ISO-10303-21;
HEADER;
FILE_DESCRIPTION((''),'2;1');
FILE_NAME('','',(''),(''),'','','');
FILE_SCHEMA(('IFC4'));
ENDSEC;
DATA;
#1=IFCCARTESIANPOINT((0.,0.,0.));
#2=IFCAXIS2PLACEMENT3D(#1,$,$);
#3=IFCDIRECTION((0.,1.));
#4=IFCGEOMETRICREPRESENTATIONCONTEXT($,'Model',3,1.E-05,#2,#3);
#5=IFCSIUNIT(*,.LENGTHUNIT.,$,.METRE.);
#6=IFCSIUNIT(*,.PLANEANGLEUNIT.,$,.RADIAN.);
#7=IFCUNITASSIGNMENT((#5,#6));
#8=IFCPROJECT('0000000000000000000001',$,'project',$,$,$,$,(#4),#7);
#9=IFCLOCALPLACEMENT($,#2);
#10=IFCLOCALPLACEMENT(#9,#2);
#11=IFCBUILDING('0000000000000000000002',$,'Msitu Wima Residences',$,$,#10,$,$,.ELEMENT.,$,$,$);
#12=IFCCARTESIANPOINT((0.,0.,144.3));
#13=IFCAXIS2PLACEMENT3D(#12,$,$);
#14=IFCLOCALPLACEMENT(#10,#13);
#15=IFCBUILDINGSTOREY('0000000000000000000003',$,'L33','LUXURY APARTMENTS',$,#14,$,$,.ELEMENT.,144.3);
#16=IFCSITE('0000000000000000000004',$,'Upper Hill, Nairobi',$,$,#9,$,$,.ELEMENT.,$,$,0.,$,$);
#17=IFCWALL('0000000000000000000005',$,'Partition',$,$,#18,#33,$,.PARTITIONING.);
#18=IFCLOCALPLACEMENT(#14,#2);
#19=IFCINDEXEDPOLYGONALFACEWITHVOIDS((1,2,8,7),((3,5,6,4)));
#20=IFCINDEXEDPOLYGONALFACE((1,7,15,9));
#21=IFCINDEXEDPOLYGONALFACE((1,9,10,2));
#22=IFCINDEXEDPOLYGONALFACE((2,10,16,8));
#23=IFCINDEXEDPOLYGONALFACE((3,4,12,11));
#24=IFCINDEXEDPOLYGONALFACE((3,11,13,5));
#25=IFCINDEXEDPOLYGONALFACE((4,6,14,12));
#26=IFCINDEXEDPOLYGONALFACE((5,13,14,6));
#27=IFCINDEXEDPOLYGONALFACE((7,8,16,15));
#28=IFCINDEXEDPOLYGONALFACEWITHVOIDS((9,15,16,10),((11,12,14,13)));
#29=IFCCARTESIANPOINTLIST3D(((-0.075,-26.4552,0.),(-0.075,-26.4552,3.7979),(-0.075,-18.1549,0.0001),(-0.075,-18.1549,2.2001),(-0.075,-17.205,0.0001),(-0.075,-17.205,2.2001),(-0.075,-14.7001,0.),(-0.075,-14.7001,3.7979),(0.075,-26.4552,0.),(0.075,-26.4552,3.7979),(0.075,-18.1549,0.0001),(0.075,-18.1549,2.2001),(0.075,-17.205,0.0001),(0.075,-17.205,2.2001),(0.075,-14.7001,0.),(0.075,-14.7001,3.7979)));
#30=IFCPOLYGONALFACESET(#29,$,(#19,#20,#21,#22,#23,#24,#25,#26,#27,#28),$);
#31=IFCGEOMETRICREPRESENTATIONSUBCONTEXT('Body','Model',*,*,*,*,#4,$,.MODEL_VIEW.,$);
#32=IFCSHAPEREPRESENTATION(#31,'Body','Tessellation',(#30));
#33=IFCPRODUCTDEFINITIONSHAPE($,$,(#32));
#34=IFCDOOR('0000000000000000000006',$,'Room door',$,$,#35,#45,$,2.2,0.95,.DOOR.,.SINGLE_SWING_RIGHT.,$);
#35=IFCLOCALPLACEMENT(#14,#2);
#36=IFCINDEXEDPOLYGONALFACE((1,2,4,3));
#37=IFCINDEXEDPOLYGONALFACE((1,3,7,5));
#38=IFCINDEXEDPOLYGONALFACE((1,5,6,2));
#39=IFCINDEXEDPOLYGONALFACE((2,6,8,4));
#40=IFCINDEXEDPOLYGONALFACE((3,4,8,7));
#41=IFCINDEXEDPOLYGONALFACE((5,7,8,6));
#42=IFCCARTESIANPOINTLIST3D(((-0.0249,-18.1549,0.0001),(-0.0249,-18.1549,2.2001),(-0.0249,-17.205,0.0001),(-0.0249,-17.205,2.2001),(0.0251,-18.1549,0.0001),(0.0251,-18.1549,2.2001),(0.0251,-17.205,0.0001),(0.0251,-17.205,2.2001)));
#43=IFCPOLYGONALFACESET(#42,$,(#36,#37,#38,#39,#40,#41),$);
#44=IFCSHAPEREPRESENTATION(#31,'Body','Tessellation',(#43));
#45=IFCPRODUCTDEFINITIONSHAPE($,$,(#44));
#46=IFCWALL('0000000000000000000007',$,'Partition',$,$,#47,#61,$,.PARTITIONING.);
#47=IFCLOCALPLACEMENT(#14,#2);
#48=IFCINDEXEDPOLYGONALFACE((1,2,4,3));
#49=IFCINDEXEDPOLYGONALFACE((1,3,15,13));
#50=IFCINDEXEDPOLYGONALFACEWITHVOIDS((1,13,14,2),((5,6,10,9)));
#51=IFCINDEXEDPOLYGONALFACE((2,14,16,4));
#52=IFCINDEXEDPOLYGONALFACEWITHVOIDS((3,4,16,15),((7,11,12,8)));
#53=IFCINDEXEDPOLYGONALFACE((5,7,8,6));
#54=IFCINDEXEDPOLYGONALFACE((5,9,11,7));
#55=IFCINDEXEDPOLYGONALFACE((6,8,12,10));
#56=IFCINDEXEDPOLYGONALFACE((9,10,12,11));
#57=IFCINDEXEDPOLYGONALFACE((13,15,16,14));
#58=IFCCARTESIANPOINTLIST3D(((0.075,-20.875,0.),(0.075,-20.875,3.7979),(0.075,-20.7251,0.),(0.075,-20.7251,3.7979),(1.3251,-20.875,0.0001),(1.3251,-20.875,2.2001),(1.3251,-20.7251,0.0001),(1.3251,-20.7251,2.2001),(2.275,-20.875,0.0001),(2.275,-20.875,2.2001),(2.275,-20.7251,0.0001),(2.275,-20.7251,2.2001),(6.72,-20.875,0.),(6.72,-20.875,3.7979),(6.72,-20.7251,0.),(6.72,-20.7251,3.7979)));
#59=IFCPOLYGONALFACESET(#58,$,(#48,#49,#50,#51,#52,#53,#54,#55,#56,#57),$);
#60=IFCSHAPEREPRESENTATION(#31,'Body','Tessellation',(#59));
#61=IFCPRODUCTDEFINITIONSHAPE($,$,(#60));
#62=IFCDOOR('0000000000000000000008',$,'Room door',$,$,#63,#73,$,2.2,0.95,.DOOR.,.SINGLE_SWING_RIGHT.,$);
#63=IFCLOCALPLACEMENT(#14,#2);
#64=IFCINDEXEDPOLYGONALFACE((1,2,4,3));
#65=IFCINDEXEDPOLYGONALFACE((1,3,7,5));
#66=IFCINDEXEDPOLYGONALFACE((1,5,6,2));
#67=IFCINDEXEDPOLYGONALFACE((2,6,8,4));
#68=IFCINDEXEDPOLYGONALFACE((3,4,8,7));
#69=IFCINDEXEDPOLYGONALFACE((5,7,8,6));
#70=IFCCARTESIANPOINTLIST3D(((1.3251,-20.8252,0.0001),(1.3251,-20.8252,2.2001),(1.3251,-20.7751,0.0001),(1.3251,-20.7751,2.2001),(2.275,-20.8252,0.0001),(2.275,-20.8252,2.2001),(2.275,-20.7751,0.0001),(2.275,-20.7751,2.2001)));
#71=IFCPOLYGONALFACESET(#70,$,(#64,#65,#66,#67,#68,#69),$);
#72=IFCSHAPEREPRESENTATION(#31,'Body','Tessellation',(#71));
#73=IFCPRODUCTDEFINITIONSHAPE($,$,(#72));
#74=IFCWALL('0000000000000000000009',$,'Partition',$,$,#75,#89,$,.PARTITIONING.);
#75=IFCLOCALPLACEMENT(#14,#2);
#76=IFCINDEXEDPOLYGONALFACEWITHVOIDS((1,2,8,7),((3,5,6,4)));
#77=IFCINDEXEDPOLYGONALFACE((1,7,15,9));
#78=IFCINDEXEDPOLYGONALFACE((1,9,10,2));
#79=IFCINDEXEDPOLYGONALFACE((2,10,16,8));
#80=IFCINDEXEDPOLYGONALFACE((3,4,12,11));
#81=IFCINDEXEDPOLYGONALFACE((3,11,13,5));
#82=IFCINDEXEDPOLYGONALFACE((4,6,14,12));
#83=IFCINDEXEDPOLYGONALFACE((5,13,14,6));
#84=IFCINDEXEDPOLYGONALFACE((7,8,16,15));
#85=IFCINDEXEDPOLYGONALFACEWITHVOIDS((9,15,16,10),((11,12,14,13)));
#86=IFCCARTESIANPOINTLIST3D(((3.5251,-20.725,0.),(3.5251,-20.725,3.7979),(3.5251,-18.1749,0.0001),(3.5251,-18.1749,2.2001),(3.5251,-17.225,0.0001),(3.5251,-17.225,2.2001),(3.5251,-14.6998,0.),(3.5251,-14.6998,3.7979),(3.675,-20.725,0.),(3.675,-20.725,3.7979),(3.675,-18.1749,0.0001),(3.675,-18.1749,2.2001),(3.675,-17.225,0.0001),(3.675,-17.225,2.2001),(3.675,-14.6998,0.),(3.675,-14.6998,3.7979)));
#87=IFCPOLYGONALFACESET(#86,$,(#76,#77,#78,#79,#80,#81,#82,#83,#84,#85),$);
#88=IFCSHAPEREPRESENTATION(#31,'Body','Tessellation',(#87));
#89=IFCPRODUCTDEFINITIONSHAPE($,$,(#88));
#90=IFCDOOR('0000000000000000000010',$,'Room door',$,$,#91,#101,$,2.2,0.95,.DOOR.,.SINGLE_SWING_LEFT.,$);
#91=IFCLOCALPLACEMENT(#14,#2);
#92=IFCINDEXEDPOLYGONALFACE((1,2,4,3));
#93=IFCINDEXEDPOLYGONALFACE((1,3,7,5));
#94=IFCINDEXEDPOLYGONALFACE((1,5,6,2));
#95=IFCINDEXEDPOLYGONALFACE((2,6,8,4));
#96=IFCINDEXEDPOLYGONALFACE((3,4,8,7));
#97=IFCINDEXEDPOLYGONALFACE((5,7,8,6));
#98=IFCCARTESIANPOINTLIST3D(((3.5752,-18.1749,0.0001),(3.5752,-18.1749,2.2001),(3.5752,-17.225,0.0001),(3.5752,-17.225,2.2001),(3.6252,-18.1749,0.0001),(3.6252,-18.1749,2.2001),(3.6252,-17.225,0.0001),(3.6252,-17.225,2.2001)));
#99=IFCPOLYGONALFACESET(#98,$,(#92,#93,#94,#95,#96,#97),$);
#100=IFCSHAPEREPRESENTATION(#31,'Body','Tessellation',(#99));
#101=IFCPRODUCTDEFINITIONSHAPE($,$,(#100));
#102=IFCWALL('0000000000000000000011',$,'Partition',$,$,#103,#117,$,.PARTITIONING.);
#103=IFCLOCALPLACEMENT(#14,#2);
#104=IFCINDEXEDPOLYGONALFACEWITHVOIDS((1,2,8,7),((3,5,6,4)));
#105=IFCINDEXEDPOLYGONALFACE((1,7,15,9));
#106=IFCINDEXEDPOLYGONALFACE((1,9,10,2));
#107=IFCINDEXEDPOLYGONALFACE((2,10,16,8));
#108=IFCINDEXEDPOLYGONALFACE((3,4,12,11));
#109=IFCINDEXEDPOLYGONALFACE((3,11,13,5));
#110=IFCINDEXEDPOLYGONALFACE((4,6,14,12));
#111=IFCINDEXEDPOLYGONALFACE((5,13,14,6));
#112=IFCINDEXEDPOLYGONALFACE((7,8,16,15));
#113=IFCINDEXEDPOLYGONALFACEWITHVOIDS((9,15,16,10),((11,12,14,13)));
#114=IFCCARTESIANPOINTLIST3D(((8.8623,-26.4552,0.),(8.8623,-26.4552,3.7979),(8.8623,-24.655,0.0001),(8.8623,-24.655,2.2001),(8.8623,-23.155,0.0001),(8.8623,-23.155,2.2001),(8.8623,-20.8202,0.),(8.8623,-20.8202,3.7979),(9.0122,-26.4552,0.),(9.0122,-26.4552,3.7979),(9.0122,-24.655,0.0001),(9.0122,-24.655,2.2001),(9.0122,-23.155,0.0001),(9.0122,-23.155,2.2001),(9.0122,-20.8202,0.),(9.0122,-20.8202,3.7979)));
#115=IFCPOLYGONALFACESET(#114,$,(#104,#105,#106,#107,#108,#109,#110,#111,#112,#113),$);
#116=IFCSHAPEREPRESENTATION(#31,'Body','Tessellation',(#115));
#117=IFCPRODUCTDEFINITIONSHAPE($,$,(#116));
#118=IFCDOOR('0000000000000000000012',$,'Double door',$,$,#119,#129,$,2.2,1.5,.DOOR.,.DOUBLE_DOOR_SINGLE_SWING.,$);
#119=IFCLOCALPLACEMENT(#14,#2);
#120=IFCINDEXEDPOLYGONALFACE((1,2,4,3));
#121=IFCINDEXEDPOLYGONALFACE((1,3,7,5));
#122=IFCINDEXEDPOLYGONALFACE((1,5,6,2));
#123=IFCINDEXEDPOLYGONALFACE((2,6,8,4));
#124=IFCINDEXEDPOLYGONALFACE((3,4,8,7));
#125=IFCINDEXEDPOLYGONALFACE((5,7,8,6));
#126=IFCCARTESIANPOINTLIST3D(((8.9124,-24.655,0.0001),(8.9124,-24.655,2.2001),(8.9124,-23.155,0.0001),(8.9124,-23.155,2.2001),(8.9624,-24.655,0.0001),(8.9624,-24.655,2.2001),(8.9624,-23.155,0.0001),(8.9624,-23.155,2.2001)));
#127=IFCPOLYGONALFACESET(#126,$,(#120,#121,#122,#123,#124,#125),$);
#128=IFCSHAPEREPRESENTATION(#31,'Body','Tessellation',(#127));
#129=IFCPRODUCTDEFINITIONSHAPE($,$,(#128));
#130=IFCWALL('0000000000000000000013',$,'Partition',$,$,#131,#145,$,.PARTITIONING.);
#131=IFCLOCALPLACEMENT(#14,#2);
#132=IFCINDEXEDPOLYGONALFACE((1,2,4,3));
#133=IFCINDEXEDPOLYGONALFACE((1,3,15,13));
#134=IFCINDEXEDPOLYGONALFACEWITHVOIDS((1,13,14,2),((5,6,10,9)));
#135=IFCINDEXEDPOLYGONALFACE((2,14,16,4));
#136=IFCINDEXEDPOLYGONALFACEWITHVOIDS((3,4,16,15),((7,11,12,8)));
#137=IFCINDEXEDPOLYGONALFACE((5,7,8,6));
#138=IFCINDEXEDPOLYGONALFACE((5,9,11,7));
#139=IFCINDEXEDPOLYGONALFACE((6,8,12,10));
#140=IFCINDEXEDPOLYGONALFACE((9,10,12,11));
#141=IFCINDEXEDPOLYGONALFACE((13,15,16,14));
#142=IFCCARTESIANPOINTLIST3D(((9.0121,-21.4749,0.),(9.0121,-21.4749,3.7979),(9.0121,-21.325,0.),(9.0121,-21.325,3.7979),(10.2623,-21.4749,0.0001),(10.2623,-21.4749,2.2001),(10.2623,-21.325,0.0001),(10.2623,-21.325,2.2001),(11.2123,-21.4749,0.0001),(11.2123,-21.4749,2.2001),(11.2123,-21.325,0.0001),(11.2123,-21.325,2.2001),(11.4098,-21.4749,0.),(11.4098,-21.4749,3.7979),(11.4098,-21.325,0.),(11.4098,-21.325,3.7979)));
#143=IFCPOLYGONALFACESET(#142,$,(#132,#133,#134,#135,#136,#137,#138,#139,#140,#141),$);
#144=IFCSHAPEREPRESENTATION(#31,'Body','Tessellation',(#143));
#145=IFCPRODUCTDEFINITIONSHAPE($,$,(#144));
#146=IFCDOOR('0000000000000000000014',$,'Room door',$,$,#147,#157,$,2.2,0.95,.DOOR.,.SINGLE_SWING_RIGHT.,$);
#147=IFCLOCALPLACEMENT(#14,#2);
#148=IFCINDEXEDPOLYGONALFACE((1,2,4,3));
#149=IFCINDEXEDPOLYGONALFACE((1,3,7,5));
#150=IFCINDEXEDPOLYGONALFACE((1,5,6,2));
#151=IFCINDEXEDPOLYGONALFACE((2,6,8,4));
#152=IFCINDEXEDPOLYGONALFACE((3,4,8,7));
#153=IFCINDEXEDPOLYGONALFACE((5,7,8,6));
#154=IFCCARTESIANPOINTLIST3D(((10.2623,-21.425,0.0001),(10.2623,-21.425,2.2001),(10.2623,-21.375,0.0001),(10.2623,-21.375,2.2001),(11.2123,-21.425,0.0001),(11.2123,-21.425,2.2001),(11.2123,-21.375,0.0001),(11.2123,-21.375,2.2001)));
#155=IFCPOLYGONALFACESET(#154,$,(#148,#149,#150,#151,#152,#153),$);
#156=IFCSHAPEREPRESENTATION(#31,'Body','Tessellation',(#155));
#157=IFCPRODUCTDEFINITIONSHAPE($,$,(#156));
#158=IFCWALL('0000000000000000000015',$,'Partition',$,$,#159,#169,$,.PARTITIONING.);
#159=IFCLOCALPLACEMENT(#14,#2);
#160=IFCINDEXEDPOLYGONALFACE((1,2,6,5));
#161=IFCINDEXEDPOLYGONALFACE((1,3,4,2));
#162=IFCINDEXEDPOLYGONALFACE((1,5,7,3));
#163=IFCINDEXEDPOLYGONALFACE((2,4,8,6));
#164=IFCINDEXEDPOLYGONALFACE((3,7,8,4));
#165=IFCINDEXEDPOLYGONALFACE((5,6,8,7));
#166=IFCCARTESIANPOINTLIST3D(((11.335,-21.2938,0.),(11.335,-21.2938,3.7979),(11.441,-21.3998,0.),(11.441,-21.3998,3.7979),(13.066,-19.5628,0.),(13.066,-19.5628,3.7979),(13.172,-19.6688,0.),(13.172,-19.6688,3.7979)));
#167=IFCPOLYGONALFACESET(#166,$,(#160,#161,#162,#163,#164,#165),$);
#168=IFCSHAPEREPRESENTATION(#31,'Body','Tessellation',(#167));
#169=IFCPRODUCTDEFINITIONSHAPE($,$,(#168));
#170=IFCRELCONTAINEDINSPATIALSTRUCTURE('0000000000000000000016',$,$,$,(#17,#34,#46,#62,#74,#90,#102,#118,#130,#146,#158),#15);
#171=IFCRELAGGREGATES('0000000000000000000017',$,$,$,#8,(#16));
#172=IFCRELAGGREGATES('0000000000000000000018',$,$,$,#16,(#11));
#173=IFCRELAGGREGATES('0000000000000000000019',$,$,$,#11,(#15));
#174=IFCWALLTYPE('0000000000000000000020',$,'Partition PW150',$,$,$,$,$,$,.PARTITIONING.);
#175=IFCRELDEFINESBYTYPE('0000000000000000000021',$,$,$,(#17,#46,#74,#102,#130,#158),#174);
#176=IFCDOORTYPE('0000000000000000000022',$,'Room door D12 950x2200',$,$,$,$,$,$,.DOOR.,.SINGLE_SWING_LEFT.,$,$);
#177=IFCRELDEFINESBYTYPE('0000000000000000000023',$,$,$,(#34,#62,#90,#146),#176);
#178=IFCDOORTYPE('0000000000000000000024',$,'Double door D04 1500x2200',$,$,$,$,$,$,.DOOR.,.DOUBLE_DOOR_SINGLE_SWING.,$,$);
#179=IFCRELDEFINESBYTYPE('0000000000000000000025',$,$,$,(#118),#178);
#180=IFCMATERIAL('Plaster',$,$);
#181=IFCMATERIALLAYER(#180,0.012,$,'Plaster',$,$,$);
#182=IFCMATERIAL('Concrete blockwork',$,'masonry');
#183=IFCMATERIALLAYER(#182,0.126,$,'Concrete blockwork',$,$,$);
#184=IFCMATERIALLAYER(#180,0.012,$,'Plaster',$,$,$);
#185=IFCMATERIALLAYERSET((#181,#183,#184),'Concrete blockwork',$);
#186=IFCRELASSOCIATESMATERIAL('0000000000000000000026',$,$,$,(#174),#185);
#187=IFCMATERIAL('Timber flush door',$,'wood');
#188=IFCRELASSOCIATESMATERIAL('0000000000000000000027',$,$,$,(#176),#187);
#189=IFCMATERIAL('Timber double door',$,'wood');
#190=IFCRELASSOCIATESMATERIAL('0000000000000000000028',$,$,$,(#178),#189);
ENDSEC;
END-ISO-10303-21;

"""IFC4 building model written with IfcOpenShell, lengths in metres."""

from ifc_helpers import new_model, si_unit, direction, frame, frame_2d, origin, place, context, subcontext, project, spatial, rectangle, extrude, material, layer, layer_set, type_object, element, fill, save


model = new_model("IFC4")

# Units and contexts
model_context = context("Model", 3, precision=1e-05, world=origin(), true_north=direction((0.0, 1.0)))
body_context = subcontext(model_context, "Body", "Model", "MODEL_VIEW")
ifc_project = project(units=[si_unit("LENGTHUNIT", "METRE"), si_unit("PLANEANGLEUNIT", "RADIAN")], contexts=[model_context])

# Site, building, storey
site_placement = place(None, origin())
site = spatial("IfcSite", under=ifc_project, at=site_placement, Name="Upper Hill, Nairobi", CompositionType="ELEMENT", RefElevation=0.0)
building_placement = place(site_placement, origin())
building = spatial("IfcBuilding", under=site, at=building_placement, Name="Msitu Wima Residences", CompositionType="ELEMENT")
storey_placement = place(building_placement, frame((0.0, 0.0, 144.3)))
storey = spatial("IfcBuildingStorey", under=building, at=storey_placement, Name="L33", Description="LUXURY APARTMENTS", CompositionType="ELEMENT", Elevation=144.3)

# Walls, openings, doors
ifc_material_1 = material(Name="Plaster")
ifc_layer_1 = layer(ifc_material_1, 0.012, Name="Plaster")
ifc_material_2 = material(Name="Concrete blockwork", Category="masonry")
ifc_layer_2 = layer(ifc_material_2, 0.126, Name="Concrete blockwork")
ifc_layer_3 = layer(ifc_material_1, 0.012, Name="Plaster")
ifc_layer_set_1 = layer_set([ifc_layer_1, ifc_layer_2, ifc_layer_3], Name="Concrete blockwork")
wall_type_1 = type_object("IfcWallType", Name="Partition PW150", PredefinedType="PARTITIONING", material=ifc_layer_set_1)
wall_1_placement = place(storey_placement, frame((0.0, -26.4551, 0.0), z_axis=(0.0, 0.0, 1.0), x_axis=(0.0, 1.0, 0.0)))
wall_1 = element("IfcWall", 1, at=wall_1_placement, inside=storey, type_object=wall_type_1, Name="Partition", PredefinedType="PARTITIONING", context=body_context, shape_type="SweptSolid", body=[
    extrude(rectangle(XDim=11.7551, YDim=0.1499, at=frame_2d((5.8774, 0.0))), origin(), (0.0, 0.0, 1.0), 3.7979),
])
opening_1_placement = place(wall_1_placement, frame((8.3, 0.0, 0.0)))
opening_1 = element("IfcOpeningElement", 2, at=opening_1_placement, cuts=wall_1, PredefinedType="OPENING", context=body_context, shape_type="SweptSolid", body=[
    extrude(rectangle(XDim=0.95, YDim=2.2, at=frame_2d((0.4751, 1.1001))), frame((0.0, 0.085, 0.0), z_axis=(0.0, -1.0, 0.0), x_axis=(1.0, 0.0, 0.0)), (0.0, 0.0, 1.0), 0.1699),
])
ifc_material_3 = material(Name="Timber flush door", Category="wood")
door_type_1 = type_object("IfcDoorType", Name="Room door D12 950x2200", OperationType="SINGLE_SWING_LEFT", PredefinedType="DOOR", material=ifc_material_3)
door_1_placement = place(opening_1_placement, origin())
door_1 = element("IfcDoor", 3, at=door_1_placement, inside=storey, type_object=door_type_1, Name="Room door", OperationType="SINGLE_SWING_RIGHT", OverallHeight=2.2, OverallWidth=0.95, PredefinedType="DOOR", context=body_context, shape_type="SweptSolid", body=[
    extrude(rectangle(XDim=0.95, YDim=2.2, at=frame_2d((0.4751, 1.1001))), frame((0.0, 0.0249, 0.0), z_axis=(0.0, -1.0, 0.0), x_axis=(1.0, 0.0, 0.0)), (0.0, 0.0, 1.0), 0.05),
])
fill(opening_1, door_1)
wall_2_placement = place(storey_placement, frame((0.075, -20.8, 0.0), z_axis=(0.0, 0.0, 1.0), x_axis=(1.0, 0.0, 0.0)))
wall_2 = element("IfcWall", 4, at=wall_2_placement, inside=storey, type_object=wall_type_1, Name="Partition", PredefinedType="PARTITIONING", context=body_context, shape_type="SweptSolid", body=[
    extrude(rectangle(XDim=6.645, YDim=0.1499, at=frame_2d((3.3225, 0.0))), origin(), (0.0, 0.0, 1.0), 3.7979),
])
opening_2_placement = place(wall_2_placement, frame((1.25, 0.0, 0.0)))
opening_2 = element("IfcOpeningElement", 5, at=opening_2_placement, cuts=wall_2, PredefinedType="OPENING", context=body_context, shape_type="SweptSolid", body=[
    extrude(rectangle(XDim=0.95, YDim=2.2, at=frame_2d((0.4751, 1.1001))), frame((0.0, 0.085, 0.0), z_axis=(0.0, -1.0, 0.0), x_axis=(1.0, 0.0, 0.0)), (0.0, 0.0, 1.0), 0.1699),
])
door_2_placement = place(opening_2_placement, origin())
door_2 = element("IfcDoor", 6, at=door_2_placement, inside=storey, type_object=door_type_1, Name="Room door", OperationType="SINGLE_SWING_RIGHT", OverallHeight=2.2, OverallWidth=0.95, PredefinedType="DOOR", context=body_context, shape_type="SweptSolid", body=[
    extrude(rectangle(XDim=0.95, YDim=2.2, at=frame_2d((0.4751, 1.1001))), frame((0.0, 0.0249, 0.0), z_axis=(0.0, -1.0, 0.0), x_axis=(1.0, 0.0, 0.0)), (0.0, 0.0, 1.0), 0.05),
])
fill(opening_2, door_2)
wall_3_placement = place(storey_placement, frame((3.6001, -20.7251, 0.0), z_axis=(0.0, 0.0, 1.0), x_axis=(0.0, 1.0, 0.0)))
wall_3 = element("IfcWall", 7, at=wall_3_placement, inside=storey, type_object=wall_type_1, Name="Partition", PredefinedType="PARTITIONING", context=body_context, shape_type="SweptSolid", body=[
    extrude(rectangle(XDim=6.0251, YDim=0.1499, at=frame_2d((3.0127, 0.0))), origin(), (0.0, 0.0, 1.0), 3.7979),
])
opening_3_placement = place(wall_3_placement, frame((2.55, 0.0, 0.0)))
opening_3 = element("IfcOpeningElement", 8, at=opening_3_placement, cuts=wall_3, PredefinedType="OPENING", context=body_context, shape_type="SweptSolid", body=[
    extrude(rectangle(XDim=0.95, YDim=2.2, at=frame_2d((0.4751, 1.1001))), frame((0.0, 0.085, 0.0), z_axis=(0.0, -1.0, 0.0), x_axis=(1.0, 0.0, 0.0)), (0.0, 0.0, 1.0), 0.1699),
])
door_3_placement = place(opening_3_placement, origin())
door_3 = element("IfcDoor", 9, at=door_3_placement, inside=storey, type_object=door_type_1, Name="Room door", OperationType="SINGLE_SWING_LEFT", OverallHeight=2.2, OverallWidth=0.95, PredefinedType="DOOR", context=body_context, shape_type="SweptSolid", body=[
    extrude(rectangle(XDim=0.95, YDim=2.2, at=frame_2d((0.4751, 1.1001))), frame((0.0, 0.0249, 0.0), z_axis=(0.0, -1.0, 0.0), x_axis=(1.0, 0.0, 0.0)), (0.0, 0.0, 1.0), 0.05),
])
fill(opening_3, door_3)
wall_4_placement = place(storey_placement, frame((8.9373, -26.4551, 0.0), z_axis=(0.0, 0.0, 1.0), x_axis=(0.0, 1.0, 0.0)))
wall_4 = element("IfcWall", 10, at=wall_4_placement, inside=storey, type_object=wall_type_1, Name="Partition", PredefinedType="PARTITIONING", context=body_context, shape_type="SweptSolid", body=[
    extrude(rectangle(XDim=5.635, YDim=0.1499, at=frame_2d((2.8174, 0.0))), origin(), (0.0, 0.0, 1.0), 3.7979),
])
opening_4_placement = place(wall_4_placement, frame((1.8, 0.0, 0.0)))
opening_4 = element("IfcOpeningElement", 11, at=opening_4_placement, cuts=wall_4, PredefinedType="OPENING", context=body_context, shape_type="SweptSolid", body=[
    extrude(rectangle(XDim=1.5, YDim=2.2, at=frame_2d((0.75, 1.1001))), frame((0.0, 0.085, 0.0), z_axis=(0.0, -1.0, 0.0), x_axis=(1.0, 0.0, 0.0)), (0.0, 0.0, 1.0), 0.1699),
])
ifc_material_4 = material(Name="Timber double door", Category="wood")
door_type_2 = type_object("IfcDoorType", Name="Double door D04 1500x2200", OperationType="DOUBLE_DOOR_SINGLE_SWING", PredefinedType="DOOR", material=ifc_material_4)
door_4_placement = place(opening_4_placement, origin())
door_4 = element("IfcDoor", 12, at=door_4_placement, inside=storey, type_object=door_type_2, Name="Double door", OperationType="DOUBLE_DOOR_SINGLE_SWING", OverallHeight=2.2, OverallWidth=1.5, PredefinedType="DOOR", context=body_context, shape_type="SweptSolid", body=[
    extrude(rectangle(XDim=1.5, YDim=2.2, at=frame_2d((0.75, 1.1001))), frame((0.0, 0.0249, 0.0), z_axis=(0.0, -1.0, 0.0), x_axis=(1.0, 0.0, 0.0)), (0.0, 0.0, 1.0), 0.05),
])
fill(opening_4, door_4)
wall_5_placement = place(storey_placement, frame((9.0122, -21.3999, 0.0), z_axis=(0.0, 0.0, 1.0), x_axis=(1.0, 0.0, 0.0)))
wall_5 = element("IfcWall", 13, at=wall_5_placement, inside=storey, type_object=wall_type_1, Name="Partition", PredefinedType="PARTITIONING", context=body_context, shape_type="SweptSolid", body=[
    extrude(rectangle(XDim=2.3977, YDim=0.1499, at=frame_2d((1.1987, 0.0))), origin(), (0.0, 0.0, 1.0), 3.7979),
])
opening_5_placement = place(wall_5_placement, frame((1.25, 0.0, 0.0)))
opening_5 = element("IfcOpeningElement", 14, at=opening_5_placement, cuts=wall_5, PredefinedType="OPENING", context=body_context, shape_type="SweptSolid", body=[
    extrude(rectangle(XDim=0.95, YDim=2.2, at=frame_2d((0.4751, 1.1001))), frame((0.0, 0.085, 0.0), z_axis=(0.0, -1.0, 0.0), x_axis=(1.0, 0.0, 0.0)), (0.0, 0.0, 1.0), 0.1699),
])
door_5_placement = place(opening_5_placement, origin())
door_5 = element("IfcDoor", 15, at=door_5_placement, inside=storey, type_object=door_type_1, Name="Room door", OperationType="SINGLE_SWING_RIGHT", OverallHeight=2.2, OverallWidth=0.95, PredefinedType="DOOR", context=body_context, shape_type="SweptSolid", body=[
    extrude(rectangle(XDim=0.95, YDim=2.2, at=frame_2d((0.4751, 1.1001))), frame((0.0, 0.0249, 0.0), z_axis=(0.0, -1.0, 0.0), x_axis=(1.0, 0.0, 0.0)), (0.0, 0.0, 1.0), 0.05),
])
fill(opening_5, door_5)

# Wall
wall_6_placement = place(storey_placement, frame((11.3879, -21.3469, 0.0), z_axis=(0.0, 0.0, 1.0), x_axis=(0.707107, 0.707107, 0.0)))
element("IfcWall", 16, at=wall_6_placement, inside=storey, type_object=wall_type_1, Name="Partition", PredefinedType="PARTITIONING", context=body_context, shape_type="SweptSolid", body=[
    extrude(rectangle(XDim=2.448, YDim=0.1499, at=frame_2d((1.2241, 0.0))), origin(), (0.0, 0.0, 1.0), 3.7979),
])

save(model, "model.ifc")
